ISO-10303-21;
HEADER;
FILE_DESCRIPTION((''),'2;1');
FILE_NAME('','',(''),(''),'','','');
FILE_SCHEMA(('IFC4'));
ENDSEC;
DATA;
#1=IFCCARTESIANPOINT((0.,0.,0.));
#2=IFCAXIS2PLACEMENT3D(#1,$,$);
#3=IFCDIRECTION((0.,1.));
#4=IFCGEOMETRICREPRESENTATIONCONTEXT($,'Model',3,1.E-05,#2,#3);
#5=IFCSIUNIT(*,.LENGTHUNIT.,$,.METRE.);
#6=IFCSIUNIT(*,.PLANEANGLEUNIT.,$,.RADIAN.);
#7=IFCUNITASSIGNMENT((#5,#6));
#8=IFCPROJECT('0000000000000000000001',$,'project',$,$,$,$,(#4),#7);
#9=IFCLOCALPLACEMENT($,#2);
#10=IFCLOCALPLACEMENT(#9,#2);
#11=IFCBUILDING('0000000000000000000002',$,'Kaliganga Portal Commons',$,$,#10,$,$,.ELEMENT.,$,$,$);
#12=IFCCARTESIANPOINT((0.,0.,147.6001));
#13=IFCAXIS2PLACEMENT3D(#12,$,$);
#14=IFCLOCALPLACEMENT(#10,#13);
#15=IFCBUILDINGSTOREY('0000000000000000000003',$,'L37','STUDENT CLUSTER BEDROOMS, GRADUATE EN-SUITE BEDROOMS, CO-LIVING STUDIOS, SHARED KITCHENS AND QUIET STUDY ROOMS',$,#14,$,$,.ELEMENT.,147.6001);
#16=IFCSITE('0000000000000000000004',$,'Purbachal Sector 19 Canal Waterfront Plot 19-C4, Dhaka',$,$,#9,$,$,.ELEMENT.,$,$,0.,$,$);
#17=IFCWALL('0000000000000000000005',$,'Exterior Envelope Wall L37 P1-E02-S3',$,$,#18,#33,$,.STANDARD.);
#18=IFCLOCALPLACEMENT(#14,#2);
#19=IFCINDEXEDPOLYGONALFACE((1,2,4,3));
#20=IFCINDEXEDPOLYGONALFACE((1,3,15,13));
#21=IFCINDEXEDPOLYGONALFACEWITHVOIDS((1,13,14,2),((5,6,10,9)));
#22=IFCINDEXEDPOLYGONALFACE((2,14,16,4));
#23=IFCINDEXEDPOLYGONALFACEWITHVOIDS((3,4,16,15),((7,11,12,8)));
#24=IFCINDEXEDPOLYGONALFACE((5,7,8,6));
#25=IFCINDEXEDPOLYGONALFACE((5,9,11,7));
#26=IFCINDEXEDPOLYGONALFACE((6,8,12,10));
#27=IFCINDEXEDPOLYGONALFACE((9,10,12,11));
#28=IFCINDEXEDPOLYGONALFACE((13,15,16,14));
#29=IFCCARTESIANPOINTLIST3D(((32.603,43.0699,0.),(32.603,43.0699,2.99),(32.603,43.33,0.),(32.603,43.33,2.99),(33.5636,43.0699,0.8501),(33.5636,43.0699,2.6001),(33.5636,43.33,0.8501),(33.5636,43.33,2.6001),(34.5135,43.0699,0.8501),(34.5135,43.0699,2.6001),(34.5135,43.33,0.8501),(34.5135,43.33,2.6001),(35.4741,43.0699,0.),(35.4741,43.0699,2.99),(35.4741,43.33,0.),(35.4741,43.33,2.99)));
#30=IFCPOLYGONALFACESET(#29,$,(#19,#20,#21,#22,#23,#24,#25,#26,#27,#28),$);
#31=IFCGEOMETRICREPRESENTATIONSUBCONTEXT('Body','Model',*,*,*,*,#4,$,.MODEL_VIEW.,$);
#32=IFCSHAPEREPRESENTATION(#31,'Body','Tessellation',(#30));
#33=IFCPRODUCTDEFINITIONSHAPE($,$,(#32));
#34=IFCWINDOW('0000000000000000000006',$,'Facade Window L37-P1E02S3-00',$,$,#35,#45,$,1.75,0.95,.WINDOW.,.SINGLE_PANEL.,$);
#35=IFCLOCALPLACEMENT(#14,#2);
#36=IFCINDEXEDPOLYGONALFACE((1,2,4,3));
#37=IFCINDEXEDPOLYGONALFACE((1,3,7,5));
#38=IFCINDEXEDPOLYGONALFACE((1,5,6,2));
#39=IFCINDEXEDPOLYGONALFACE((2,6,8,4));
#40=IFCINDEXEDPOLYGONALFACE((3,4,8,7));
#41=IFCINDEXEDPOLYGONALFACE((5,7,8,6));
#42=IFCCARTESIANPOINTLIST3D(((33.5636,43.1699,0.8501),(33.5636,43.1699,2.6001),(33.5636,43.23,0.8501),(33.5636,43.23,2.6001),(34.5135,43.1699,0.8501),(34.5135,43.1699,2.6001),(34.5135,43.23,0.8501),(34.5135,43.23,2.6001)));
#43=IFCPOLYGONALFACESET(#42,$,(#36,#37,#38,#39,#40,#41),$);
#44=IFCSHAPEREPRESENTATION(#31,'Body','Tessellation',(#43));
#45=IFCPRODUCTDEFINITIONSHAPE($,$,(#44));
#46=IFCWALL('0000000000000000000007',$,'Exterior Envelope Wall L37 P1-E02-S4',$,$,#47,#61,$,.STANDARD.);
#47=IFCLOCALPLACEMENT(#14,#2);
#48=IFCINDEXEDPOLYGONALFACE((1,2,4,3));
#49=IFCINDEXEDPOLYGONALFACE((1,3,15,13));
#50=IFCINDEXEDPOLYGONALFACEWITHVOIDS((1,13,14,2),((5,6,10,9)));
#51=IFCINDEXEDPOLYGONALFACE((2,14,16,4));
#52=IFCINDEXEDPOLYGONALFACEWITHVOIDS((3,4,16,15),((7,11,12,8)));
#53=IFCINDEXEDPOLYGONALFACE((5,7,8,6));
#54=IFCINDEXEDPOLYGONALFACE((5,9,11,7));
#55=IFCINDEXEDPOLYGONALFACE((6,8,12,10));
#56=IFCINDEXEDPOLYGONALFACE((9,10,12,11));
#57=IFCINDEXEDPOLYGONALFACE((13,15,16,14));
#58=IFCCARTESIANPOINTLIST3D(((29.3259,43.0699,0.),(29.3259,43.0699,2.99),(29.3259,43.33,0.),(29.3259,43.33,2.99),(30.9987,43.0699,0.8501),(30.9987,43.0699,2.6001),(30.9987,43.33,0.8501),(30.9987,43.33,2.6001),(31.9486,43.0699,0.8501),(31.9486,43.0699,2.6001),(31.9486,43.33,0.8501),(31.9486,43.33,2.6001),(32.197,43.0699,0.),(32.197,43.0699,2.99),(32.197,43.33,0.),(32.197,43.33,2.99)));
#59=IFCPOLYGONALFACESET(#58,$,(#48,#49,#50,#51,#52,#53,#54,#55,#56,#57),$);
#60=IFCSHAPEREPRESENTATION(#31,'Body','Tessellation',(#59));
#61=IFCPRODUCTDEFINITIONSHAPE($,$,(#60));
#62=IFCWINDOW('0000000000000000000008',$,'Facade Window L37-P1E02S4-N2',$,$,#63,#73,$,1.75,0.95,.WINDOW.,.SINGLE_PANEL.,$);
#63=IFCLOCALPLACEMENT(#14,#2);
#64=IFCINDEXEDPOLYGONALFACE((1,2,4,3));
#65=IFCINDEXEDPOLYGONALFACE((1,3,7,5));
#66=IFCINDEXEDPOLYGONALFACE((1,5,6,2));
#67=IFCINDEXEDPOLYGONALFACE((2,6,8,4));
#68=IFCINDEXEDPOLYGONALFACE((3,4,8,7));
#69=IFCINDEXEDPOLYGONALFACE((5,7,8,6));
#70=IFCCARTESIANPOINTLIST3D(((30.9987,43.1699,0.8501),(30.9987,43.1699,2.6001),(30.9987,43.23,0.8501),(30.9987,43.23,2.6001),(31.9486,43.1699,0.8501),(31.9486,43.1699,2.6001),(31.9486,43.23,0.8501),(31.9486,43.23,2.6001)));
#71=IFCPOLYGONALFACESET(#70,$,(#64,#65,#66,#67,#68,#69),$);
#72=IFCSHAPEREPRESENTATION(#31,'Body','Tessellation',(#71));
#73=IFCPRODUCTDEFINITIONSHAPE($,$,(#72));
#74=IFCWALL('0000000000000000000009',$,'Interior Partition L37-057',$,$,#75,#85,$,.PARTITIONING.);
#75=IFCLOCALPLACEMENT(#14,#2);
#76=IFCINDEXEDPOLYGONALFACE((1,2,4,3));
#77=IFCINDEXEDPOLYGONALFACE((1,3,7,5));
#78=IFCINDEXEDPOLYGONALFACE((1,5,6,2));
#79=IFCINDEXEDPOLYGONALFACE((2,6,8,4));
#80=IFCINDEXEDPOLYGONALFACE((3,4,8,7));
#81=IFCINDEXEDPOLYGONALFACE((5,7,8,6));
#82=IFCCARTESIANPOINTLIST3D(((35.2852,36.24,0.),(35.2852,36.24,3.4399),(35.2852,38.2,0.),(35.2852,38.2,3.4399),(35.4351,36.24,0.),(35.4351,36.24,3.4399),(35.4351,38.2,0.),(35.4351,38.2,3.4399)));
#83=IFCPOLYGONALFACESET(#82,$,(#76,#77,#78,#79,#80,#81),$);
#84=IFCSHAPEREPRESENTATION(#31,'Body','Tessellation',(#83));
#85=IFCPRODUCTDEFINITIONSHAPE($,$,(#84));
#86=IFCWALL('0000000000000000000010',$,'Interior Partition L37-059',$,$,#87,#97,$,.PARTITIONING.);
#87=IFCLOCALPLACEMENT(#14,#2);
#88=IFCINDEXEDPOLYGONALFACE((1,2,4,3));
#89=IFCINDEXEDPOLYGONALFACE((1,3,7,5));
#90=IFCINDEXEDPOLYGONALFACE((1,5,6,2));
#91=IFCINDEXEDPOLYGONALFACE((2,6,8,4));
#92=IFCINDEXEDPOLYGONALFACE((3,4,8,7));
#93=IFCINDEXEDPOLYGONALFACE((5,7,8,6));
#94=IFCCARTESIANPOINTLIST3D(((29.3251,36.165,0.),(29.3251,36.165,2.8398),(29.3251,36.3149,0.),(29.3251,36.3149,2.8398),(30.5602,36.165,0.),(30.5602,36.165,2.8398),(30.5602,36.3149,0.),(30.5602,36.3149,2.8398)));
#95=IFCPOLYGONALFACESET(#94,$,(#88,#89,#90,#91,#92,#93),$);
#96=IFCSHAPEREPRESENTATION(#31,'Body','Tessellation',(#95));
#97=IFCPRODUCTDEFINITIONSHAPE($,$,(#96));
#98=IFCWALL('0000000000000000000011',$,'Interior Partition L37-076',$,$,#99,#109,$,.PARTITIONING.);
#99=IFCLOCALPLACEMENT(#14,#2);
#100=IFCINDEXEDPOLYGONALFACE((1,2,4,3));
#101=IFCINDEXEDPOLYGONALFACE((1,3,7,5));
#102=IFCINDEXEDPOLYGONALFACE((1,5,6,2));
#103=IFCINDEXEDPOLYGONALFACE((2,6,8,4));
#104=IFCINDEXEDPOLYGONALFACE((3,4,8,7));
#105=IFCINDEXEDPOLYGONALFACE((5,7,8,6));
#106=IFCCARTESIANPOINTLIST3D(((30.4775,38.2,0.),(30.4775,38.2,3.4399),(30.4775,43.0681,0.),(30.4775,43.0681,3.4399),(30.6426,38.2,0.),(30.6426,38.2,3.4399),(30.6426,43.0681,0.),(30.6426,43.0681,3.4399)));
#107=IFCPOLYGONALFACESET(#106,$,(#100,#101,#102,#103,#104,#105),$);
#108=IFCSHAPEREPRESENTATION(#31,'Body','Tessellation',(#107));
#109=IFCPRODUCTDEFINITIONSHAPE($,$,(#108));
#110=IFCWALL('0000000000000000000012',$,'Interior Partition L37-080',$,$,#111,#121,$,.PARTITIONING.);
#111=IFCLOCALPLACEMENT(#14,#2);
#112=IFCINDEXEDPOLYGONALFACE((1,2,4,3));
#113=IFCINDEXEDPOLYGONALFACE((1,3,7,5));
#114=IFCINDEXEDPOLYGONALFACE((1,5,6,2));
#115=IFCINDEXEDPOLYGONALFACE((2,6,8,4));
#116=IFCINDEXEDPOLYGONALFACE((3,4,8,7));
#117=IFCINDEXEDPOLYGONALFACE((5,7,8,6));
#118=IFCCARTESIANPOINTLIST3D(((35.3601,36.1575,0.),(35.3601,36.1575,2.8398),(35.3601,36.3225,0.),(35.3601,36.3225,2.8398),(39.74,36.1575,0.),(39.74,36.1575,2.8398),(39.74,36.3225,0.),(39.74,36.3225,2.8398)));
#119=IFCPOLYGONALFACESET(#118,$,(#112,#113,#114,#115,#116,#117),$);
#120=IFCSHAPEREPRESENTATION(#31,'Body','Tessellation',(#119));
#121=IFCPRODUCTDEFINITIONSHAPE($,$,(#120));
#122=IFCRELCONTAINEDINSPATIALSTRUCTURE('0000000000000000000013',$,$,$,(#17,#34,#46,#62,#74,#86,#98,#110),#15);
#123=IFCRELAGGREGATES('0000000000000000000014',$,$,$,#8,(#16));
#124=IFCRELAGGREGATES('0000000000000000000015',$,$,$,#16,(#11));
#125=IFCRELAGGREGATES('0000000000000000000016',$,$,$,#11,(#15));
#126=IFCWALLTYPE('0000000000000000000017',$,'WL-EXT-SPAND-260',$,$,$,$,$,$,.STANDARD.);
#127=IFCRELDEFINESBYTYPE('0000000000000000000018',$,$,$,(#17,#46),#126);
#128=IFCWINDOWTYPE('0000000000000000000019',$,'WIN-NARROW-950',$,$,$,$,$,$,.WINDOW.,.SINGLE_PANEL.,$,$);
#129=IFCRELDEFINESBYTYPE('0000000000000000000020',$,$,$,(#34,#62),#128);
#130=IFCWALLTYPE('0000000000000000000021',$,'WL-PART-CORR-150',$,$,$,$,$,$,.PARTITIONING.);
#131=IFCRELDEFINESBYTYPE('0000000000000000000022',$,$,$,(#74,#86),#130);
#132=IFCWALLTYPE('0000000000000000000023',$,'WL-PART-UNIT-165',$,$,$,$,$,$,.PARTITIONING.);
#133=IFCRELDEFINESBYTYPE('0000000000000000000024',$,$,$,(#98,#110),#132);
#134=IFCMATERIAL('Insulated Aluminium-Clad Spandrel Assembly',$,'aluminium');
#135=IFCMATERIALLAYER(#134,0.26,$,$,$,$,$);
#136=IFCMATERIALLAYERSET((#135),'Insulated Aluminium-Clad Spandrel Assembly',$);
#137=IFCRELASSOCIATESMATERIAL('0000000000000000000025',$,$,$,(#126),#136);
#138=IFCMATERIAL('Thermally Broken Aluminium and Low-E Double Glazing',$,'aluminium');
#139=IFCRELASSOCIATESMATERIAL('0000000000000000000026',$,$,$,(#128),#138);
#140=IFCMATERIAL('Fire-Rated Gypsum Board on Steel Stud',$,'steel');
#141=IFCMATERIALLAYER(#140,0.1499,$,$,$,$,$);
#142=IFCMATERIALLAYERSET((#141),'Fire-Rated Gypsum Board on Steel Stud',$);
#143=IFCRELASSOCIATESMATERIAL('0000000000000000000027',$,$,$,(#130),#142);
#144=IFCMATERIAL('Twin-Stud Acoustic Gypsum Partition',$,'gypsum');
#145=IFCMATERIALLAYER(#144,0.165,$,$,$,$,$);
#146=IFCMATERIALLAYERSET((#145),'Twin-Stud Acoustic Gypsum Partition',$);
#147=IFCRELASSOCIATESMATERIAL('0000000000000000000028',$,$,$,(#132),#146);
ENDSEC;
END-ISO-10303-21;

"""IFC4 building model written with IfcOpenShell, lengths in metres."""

from ifc_helpers import new_model, si_unit, direction, frame, frame_2d, origin, place, context, subcontext, project, spatial, rectangle, extrude, material, layer, layer_set, type_object, element, fill, save


model = new_model("IFC4")

# Units and contexts
model_context = context("Model", 3, precision=1e-05, world=origin(), true_north=direction((0.0, 1.0)))
body_context = subcontext(model_context, "Body", "Model", "MODEL_VIEW")
ifc_project = project(units=[si_unit("LENGTHUNIT", "METRE"), si_unit("PLANEANGLEUNIT", "RADIAN")], contexts=[model_context])

# Site, building, storey
site_placement = place(None, origin())
site = spatial("IfcSite", under=ifc_project, at=site_placement, Name="Purbachal Sector 19 Canal Waterfront Plot 19-C4, Dhaka", CompositionType="ELEMENT", RefElevation=0.0)
building_placement = place(site_placement, origin())
building = spatial("IfcBuilding", under=site, at=building_placement, Name="Kaliganga Portal Commons", CompositionType="ELEMENT")
storey_placement = place(building_placement, frame((0.0, 0.0, 147.6001)))
storey = spatial("IfcBuildingStorey", under=building, at=storey_placement, Name="L37", Description="STUDENT CLUSTER BEDROOMS, GRADUATE EN-SUITE BEDROOMS, CO-LIVING STUDIOS, SHARED KITCHENS AND QUIET STUDY ROOMS", CompositionType="ELEMENT", Elevation=147.6001)

# Shared definitions
ifc_material_1 = material(Name="Insulated Aluminium-Clad Spandrel Assembly", Category="aluminium")
ifc_layer_1 = layer(ifc_material_1, 0.26)
ifc_layer_set_1 = layer_set([ifc_layer_1], Name="Insulated Aluminium-Clad Spandrel Assembly")
wall_type_1 = type_object("IfcWallType", Name="WL-EXT-SPAND-260", PredefinedType="STANDARD", material=ifc_layer_set_1)
ifc_material_2 = material(Name="Thermally Broken Aluminium and Low-E Double Glazing", Category="aluminium")

# Walls, openings, windows
wall_1_placement = place(storey_placement, frame((32.603, 43.2, 0.0), z_axis=(0.0, 0.0, 1.0), x_axis=(1.0, 0.0, 0.0)))
wall_1 = element("IfcWall", 1, at=wall_1_placement, inside=storey, type_object=wall_type_1, Name="Exterior Envelope Wall L37 P1-E02-S3", PredefinedType="STANDARD", context=body_context, shape_type="SweptSolid", body=[
    extrude(rectangle(XDim=2.8711, YDim=0.26, at=frame_2d((1.4355, 0.0))), origin(), (0.0, 0.0, 1.0), 2.99),
])
opening_1_placement = place(wall_1_placement, frame((0.9604, 0.0, 0.8501)))
opening_1 = element("IfcOpeningElement", 2, at=opening_1_placement, cuts=wall_1, PredefinedType="OPENING", context=body_context, shape_type="SweptSolid", body=[
    extrude(rectangle(XDim=0.95, YDim=1.75, at=frame_2d((0.4751, 0.875))), frame((0.0, 0.1401, 0.0), z_axis=(0.0, -1.0, 0.0), x_axis=(1.0, 0.0, 0.0)), (0.0, 0.0, 1.0), 0.28),
])
window_type_1 = type_object("IfcWindowType", Name="WIN-NARROW-950", PartitioningType="SINGLE_PANEL", PredefinedType="WINDOW", material=ifc_material_2)
window_1_placement = place(opening_1_placement, origin())
window_1 = element("IfcWindow", 3, at=window_1_placement, inside=storey, type_object=window_type_1, Name="Facade Window L37-P1E02S3-00", OverallHeight=1.75, OverallWidth=0.95, PartitioningType="SINGLE_PANEL", PredefinedType="WINDOW", context=body_context, shape_type="SweptSolid", body=[
    extrude(rectangle(XDim=0.95, YDim=1.75, at=frame_2d((0.4751, 0.875))), frame((0.0, 0.03, 0.0), z_axis=(0.0, -1.0, 0.0), x_axis=(1.0, 0.0, 0.0)), (0.0, 0.0, 1.0), 0.0601),
])
fill(opening_1, window_1)
wall_2_placement = place(storey_placement, frame((29.3259, 43.2, 0.0), z_axis=(0.0, 0.0, 1.0), x_axis=(1.0, 0.0, 0.0)))
wall_2 = element("IfcWall", 4, at=wall_2_placement, inside=storey, type_object=wall_type_1, Name="Exterior Envelope Wall L37 P1-E02-S4", PredefinedType="STANDARD", context=body_context, shape_type="SweptSolid", body=[
    extrude(rectangle(XDim=2.8711, YDim=0.26, at=frame_2d((1.4355, 0.0))), origin(), (0.0, 0.0, 1.0), 2.99),
])
opening_2_placement = place(wall_2_placement, frame((1.6726, 0.0, 0.8501)))
opening_2 = element("IfcOpeningElement", 5, at=opening_2_placement, cuts=wall_2, PredefinedType="OPENING", context=body_context, shape_type="SweptSolid", body=[
    extrude(rectangle(XDim=0.95, YDim=1.75, at=frame_2d((0.4751, 0.875))), frame((0.0, 0.1401, 0.0), z_axis=(0.0, -1.0, 0.0), x_axis=(1.0, 0.0, 0.0)), (0.0, 0.0, 1.0), 0.28),
])
window_2_placement = place(opening_2_placement, origin())
window_2 = element("IfcWindow", 6, at=window_2_placement, inside=storey, type_object=window_type_1, Name="Facade Window L37-P1E02S4-N2", OverallHeight=1.75, OverallWidth=0.95, PartitioningType="SINGLE_PANEL", PredefinedType="WINDOW", context=body_context, shape_type="SweptSolid", body=[
    extrude(rectangle(XDim=0.95, YDim=1.75, at=frame_2d((0.4751, 0.875))), frame((0.0, 0.03, 0.0), z_axis=(0.0, -1.0, 0.0), x_axis=(1.0, 0.0, 0.0)), (0.0, 0.0, 1.0), 0.0601),
])
fill(opening_2, window_2)

# Shared definitions
ifc_material_3 = material(Name="Fire-Rated Gypsum Board on Steel Stud", Category="steel")
ifc_layer_2 = layer(ifc_material_3, 0.1499)
ifc_layer_set_2 = layer_set([ifc_layer_2], Name="Fire-Rated Gypsum Board on Steel Stud")
wall_type_2 = type_object("IfcWallType", Name="WL-PART-CORR-150", PredefinedType="PARTITIONING", material=ifc_layer_set_2)

# Walls
wall_3_placement = place(storey_placement, frame((35.3601, 36.24, 0.0), z_axis=(0.0, 0.0, 1.0), x_axis=(0.0, 1.0, 0.0)))
element("IfcWall", 7, at=wall_3_placement, inside=storey, type_object=wall_type_2, Name="Interior Partition L37-057", PredefinedType="PARTITIONING", context=body_context, shape_type="SweptSolid", body=[
    extrude(rectangle(XDim=1.96, YDim=0.1499, at=frame_2d((0.98, 0.0))), origin(), (0.0, 0.0, 1.0), 3.4399),
])
wall_4_placement = place(storey_placement, frame((29.325, 36.24, 0.0), z_axis=(0.0, 0.0, 1.0), x_axis=(1.0, 0.0, 0.0)))
element("IfcWall", 8, at=wall_4_placement, inside=storey, type_object=wall_type_2, Name="Interior Partition L37-059", PredefinedType="PARTITIONING", context=body_context, shape_type="SweptSolid", body=[
    extrude(rectangle(XDim=1.2351, YDim=0.1499, at=frame_2d((0.6177, 0.0))), origin(), (0.0, 0.0, 1.0), 2.8398),
])
ifc_material_4 = material(Name="Twin-Stud Acoustic Gypsum Partition", Category="gypsum")
ifc_layer_3 = layer(ifc_material_4, 0.165)
ifc_layer_set_3 = layer_set([ifc_layer_3], Name="Twin-Stud Acoustic Gypsum Partition")
wall_type_3 = type_object("IfcWallType", Name="WL-PART-UNIT-165", PredefinedType="PARTITIONING", material=ifc_layer_set_3)
wall_5_placement = place(storey_placement, frame((30.5601, 38.2, 0.0), z_axis=(0.0, 0.0, 1.0), x_axis=(0.0, 1.0, 0.0)))
element("IfcWall", 9, at=wall_5_placement, inside=storey, type_object=wall_type_3, Name="Interior Partition L37-076", PredefinedType="PARTITIONING", context=body_context, shape_type="SweptSolid", body=[
    extrude(rectangle(XDim=4.8682, YDim=0.165, at=frame_2d((2.4341, 0.0))), origin(), (0.0, 0.0, 1.0), 3.4399),
])
wall_6_placement = place(storey_placement, frame((35.3601, 36.24, 0.0), z_axis=(0.0, 0.0, 1.0), x_axis=(1.0, 0.0, 0.0)))
element("IfcWall", 10, at=wall_6_placement, inside=storey, type_object=wall_type_3, Name="Interior Partition L37-080", PredefinedType="PARTITIONING", context=body_context, shape_type="SweptSolid", body=[
    extrude(rectangle(XDim=4.3799, YDim=0.165, at=frame_2d((2.1899, 0.0))), origin(), (0.0, 0.0, 1.0), 2.8398),
])

save(model, "model.ifc")
